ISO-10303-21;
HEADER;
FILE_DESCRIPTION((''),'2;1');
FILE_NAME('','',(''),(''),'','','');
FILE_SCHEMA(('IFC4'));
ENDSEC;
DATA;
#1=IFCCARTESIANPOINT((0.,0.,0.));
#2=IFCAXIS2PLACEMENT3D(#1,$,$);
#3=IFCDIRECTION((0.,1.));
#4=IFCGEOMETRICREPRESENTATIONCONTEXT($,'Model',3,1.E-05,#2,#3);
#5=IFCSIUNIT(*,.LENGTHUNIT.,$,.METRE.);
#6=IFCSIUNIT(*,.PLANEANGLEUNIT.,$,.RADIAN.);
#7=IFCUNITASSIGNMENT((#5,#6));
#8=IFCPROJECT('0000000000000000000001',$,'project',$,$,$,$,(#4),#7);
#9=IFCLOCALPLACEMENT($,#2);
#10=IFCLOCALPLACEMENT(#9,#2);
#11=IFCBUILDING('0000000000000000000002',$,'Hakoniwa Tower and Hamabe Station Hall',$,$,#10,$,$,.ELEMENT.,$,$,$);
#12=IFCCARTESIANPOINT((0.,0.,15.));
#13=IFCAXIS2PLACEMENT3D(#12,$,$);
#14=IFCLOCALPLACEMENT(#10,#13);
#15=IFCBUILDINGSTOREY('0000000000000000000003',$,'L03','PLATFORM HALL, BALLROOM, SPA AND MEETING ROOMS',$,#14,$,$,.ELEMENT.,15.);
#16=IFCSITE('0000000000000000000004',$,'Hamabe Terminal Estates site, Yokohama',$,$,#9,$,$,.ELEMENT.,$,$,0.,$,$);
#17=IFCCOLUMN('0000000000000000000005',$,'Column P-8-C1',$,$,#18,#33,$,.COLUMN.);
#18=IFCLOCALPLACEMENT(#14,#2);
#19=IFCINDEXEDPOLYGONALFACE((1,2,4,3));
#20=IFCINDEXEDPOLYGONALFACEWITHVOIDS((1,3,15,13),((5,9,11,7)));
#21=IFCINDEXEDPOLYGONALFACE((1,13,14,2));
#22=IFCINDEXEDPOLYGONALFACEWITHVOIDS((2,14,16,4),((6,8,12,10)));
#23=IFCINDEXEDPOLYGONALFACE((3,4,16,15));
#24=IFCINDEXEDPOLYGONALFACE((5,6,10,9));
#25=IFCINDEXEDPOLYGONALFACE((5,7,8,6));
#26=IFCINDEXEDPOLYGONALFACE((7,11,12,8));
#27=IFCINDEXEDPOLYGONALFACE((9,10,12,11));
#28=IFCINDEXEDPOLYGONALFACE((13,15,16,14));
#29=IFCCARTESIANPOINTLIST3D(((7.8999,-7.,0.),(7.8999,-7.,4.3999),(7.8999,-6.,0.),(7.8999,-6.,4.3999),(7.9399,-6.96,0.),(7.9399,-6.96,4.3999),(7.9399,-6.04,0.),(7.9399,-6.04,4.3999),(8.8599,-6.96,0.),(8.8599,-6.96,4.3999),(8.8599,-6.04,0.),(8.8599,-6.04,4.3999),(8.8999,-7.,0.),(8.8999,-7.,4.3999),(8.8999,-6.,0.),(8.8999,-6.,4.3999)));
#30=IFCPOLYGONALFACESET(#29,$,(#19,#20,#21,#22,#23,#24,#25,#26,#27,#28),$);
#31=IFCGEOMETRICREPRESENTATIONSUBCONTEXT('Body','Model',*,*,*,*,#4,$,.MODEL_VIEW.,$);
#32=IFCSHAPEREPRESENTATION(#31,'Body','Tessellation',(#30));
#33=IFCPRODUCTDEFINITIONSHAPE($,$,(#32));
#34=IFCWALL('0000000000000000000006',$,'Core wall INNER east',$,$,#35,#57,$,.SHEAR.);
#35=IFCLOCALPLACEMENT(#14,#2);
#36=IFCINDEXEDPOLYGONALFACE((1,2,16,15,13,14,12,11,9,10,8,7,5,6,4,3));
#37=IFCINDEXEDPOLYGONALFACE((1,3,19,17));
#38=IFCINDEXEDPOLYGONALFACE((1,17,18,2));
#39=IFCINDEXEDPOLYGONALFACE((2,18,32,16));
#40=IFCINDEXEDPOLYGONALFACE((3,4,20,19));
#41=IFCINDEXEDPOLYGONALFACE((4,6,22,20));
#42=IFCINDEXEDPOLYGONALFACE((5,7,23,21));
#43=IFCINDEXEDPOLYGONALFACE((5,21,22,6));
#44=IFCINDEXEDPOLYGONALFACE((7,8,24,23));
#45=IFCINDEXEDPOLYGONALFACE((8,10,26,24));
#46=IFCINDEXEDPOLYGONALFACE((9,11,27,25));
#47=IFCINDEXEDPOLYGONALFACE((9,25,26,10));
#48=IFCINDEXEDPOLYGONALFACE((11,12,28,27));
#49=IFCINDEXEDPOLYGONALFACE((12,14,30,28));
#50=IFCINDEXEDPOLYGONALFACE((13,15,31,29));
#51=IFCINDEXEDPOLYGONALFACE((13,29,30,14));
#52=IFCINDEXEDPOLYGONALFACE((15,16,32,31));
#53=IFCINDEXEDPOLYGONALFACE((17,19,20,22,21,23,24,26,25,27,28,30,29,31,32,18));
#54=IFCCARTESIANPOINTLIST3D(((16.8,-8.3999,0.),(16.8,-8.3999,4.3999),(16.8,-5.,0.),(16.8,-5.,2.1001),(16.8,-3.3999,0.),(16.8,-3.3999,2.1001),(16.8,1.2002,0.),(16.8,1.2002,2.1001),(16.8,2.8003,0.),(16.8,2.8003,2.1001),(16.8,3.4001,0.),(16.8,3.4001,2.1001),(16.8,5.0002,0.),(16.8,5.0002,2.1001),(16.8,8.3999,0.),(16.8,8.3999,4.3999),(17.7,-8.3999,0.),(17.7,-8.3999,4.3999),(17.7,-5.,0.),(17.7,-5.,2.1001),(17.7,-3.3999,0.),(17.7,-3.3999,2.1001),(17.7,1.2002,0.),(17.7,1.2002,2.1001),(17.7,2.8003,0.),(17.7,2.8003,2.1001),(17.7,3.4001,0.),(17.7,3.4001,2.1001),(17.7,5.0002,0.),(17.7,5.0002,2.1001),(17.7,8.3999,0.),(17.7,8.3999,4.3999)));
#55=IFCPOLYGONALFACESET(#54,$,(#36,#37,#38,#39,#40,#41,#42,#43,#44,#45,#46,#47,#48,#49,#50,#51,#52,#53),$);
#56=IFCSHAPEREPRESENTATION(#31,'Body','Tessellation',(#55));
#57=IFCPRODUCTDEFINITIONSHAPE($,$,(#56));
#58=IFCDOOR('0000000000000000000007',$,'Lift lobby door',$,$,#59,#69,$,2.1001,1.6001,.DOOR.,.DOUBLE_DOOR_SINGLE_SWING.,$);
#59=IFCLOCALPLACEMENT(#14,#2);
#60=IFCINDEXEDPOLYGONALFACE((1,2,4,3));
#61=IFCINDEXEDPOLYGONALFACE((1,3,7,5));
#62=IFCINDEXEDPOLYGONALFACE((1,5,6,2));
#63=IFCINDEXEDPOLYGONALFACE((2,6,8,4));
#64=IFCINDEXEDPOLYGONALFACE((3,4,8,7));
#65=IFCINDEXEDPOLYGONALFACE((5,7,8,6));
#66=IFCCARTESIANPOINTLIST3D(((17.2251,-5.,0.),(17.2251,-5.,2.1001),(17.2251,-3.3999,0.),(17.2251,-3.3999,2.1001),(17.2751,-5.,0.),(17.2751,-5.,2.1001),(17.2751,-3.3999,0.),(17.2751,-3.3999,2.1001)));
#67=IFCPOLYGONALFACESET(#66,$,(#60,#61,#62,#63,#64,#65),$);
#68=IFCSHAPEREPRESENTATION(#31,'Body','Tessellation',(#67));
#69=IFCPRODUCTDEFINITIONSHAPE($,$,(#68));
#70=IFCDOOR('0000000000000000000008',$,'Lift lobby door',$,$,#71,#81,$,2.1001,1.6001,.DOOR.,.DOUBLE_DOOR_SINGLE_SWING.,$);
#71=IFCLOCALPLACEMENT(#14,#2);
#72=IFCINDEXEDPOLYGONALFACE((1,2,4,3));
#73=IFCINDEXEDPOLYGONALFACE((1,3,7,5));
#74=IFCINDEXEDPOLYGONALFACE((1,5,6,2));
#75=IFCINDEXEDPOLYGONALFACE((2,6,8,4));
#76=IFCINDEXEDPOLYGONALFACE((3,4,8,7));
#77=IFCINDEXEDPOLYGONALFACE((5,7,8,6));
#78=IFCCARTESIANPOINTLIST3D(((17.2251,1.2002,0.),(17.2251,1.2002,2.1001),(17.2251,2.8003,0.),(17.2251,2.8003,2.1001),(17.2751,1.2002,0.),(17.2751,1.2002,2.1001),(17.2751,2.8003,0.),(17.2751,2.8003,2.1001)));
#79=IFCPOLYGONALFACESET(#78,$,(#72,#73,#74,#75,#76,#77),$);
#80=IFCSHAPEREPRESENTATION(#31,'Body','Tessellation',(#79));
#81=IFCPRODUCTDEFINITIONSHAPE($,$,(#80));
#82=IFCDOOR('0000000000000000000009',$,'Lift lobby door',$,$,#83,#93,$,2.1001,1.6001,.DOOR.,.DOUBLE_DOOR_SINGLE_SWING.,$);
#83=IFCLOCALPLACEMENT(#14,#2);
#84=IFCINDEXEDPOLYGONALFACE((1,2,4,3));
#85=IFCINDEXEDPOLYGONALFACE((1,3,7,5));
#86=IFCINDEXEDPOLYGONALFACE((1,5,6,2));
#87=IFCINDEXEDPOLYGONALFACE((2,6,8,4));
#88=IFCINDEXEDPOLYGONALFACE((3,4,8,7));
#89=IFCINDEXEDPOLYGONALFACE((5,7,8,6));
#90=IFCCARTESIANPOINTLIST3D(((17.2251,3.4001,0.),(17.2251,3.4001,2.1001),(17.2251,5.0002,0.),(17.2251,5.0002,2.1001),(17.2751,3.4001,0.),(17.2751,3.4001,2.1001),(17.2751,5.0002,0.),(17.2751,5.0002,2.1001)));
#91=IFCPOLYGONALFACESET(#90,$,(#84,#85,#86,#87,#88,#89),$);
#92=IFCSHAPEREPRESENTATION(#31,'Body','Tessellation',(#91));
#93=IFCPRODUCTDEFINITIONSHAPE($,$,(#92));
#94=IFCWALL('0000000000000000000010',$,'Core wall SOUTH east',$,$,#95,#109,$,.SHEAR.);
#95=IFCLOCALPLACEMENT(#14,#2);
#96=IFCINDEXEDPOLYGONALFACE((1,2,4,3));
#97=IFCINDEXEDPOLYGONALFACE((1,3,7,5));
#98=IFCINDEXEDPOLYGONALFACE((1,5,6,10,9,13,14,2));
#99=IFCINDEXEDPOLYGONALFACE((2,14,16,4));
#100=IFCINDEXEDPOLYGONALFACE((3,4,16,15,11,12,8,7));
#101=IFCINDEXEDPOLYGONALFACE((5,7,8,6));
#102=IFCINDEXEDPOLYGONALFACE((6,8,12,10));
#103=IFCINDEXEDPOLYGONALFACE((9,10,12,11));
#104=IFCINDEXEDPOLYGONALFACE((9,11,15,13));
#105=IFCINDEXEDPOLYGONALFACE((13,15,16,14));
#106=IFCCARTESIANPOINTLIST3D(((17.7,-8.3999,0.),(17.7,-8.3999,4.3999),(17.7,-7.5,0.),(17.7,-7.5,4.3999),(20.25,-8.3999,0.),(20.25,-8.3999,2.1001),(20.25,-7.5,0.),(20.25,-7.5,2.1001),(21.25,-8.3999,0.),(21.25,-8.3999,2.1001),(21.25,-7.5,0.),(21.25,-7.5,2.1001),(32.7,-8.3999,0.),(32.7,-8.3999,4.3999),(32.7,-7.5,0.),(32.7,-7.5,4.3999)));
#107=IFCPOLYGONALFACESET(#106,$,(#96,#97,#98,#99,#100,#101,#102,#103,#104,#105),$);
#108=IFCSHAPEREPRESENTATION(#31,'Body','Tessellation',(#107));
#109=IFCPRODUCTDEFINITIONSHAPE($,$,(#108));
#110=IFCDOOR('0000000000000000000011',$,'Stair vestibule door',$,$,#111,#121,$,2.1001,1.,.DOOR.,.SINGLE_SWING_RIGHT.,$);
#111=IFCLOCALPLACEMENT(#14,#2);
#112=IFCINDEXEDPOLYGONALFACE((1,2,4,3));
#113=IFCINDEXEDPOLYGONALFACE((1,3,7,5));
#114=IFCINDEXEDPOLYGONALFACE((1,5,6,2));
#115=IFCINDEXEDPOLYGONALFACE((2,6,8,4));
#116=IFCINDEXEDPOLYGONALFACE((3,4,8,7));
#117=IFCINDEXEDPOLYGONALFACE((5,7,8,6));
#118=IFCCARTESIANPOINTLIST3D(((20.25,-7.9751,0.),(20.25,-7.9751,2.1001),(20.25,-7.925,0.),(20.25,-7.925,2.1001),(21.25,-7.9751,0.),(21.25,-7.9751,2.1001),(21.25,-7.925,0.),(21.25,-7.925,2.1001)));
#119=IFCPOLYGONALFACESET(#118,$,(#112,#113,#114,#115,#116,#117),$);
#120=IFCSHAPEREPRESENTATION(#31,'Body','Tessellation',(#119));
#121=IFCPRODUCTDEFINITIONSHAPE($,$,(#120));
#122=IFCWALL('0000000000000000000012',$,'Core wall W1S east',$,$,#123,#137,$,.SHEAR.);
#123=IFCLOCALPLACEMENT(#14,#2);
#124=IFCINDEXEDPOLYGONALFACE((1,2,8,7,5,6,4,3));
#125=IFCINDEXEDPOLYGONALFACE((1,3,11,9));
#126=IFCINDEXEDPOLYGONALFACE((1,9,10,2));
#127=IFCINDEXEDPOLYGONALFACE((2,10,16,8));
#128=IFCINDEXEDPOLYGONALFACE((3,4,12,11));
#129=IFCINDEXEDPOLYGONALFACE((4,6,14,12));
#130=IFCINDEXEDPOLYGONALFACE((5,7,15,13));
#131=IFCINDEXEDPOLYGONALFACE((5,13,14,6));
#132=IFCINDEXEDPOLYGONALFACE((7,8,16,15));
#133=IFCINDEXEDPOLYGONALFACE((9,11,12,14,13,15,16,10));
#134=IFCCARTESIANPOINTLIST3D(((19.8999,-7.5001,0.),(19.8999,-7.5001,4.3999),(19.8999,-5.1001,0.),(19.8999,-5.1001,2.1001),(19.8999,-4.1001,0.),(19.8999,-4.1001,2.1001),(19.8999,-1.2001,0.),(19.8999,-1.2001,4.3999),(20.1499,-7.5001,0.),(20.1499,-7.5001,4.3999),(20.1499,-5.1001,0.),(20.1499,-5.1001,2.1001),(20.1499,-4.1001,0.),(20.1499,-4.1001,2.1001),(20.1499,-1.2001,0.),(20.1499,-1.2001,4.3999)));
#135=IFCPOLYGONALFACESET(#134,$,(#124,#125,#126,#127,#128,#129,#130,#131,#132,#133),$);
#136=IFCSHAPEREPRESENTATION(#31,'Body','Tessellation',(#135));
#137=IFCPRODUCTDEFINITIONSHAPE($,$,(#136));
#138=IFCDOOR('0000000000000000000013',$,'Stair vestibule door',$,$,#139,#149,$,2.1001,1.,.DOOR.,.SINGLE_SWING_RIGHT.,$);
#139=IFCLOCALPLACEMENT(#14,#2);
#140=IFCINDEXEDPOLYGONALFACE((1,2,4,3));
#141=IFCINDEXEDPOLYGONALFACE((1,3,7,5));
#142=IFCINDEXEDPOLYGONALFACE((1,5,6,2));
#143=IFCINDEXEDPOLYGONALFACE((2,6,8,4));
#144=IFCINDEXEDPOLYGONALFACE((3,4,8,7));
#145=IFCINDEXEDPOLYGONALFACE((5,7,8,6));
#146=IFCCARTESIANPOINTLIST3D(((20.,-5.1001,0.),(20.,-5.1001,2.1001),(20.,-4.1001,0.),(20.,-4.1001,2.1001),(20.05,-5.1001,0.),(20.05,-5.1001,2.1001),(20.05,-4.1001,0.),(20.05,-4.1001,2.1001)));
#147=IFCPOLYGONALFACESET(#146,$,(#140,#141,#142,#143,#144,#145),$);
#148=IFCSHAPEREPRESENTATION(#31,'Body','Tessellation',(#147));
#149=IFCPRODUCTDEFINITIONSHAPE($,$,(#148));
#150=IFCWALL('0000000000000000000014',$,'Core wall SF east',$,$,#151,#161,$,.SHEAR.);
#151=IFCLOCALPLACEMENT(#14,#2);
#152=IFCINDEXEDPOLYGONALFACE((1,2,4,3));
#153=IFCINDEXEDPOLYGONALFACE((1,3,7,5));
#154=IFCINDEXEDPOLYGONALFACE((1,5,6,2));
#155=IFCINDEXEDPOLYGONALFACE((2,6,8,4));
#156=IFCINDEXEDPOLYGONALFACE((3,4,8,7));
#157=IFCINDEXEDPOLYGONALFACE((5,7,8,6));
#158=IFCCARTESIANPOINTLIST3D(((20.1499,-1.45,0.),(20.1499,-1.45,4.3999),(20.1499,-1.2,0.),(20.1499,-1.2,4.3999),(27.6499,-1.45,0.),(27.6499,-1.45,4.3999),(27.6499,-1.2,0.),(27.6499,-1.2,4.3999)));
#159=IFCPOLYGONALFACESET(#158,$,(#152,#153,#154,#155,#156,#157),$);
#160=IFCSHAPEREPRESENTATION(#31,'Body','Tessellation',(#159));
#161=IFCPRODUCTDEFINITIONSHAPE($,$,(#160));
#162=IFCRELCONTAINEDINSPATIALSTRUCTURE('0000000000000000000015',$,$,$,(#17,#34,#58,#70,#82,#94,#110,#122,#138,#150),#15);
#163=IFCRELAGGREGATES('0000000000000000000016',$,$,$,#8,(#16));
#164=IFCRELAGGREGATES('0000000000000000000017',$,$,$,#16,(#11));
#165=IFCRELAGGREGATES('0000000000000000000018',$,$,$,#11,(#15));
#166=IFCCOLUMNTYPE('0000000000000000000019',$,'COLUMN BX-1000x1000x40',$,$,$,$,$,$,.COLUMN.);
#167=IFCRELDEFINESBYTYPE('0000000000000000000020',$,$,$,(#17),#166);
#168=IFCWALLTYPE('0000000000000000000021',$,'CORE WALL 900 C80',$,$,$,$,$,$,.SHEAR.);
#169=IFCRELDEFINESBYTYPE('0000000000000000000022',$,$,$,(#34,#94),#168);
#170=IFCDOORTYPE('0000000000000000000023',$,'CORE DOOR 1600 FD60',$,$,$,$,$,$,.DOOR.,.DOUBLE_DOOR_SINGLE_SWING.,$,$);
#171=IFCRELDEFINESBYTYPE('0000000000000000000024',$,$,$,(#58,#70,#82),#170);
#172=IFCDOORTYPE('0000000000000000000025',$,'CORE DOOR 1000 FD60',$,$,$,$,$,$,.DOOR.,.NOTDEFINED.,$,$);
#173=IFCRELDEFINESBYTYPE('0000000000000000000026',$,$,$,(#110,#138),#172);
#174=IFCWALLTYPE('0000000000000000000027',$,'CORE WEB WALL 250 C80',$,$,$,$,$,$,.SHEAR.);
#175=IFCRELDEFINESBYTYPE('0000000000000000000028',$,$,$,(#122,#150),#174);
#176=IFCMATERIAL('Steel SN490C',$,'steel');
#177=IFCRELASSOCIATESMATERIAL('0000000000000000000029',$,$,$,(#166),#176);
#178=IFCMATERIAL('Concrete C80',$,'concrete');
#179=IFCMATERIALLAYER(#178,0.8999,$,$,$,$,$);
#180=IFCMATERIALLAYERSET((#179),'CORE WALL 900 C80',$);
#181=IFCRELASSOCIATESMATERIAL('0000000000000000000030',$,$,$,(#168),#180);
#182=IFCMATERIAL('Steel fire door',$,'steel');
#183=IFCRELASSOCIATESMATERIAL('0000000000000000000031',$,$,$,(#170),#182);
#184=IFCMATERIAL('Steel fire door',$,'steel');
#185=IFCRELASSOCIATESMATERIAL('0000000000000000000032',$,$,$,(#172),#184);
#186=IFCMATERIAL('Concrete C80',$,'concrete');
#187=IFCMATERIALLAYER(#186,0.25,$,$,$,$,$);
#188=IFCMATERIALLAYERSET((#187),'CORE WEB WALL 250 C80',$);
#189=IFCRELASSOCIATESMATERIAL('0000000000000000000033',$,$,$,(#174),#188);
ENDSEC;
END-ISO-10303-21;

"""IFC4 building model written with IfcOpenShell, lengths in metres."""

from ifc_helpers import new_model, si_unit, direction, frame, frame_2d, origin, origin_2d, place, context, subcontext, project, spatial, rectangle, hollow_rectangle, extrude, material, layer, layer_set, material_profile, profile_set, type_object, element, fill, save


model = new_model("IFC4")

# Units and contexts
model_context = context("Model", 3, precision=1e-05, world=origin(), true_north=direction((0.0, 1.0)))
body_context = subcontext(model_context, "Body", "Model", "MODEL_VIEW")
ifc_project = project(units=[si_unit("LENGTHUNIT", "METRE"), si_unit("PLANEANGLEUNIT", "RADIAN")], contexts=[model_context])

# Site, building, storey
site_placement = place(None, origin())
site = spatial("IfcSite", under=ifc_project, at=site_placement, Name="Hamabe Terminal Estates site, Yokohama", CompositionType="ELEMENT", RefElevation=0.0)
building_placement = place(site_placement, origin())
building = spatial("IfcBuilding", under=site, at=building_placement, Name="Hakoniwa Tower and Hamabe Station Hall", CompositionType="ELEMENT")
storey_placement = place(building_placement, frame((0.0, 0.0, 15.0)))
storey = spatial("IfcBuildingStorey", under=building, at=storey_placement, Name="L03", Description="PLATFORM HALL, BALLROOM, SPA AND MEETING ROOMS", CompositionType="ELEMENT", Elevation=15.0)

# Column
ifc_material_1 = material(Name="Steel SN490C", Category="steel")
ifc_material_profile = material_profile(ifc_material_1, hollow_rectangle(XDim=1.0, YDim=1.0, WallThickness=0.04, at=origin_2d()), Name="BX-1000x1000x40")
ifc_profile_set = profile_set([ifc_material_profile], Name="Steel SN490C")
column_type = type_object("IfcColumnType", Name="COLUMN BX-1000x1000x40", PredefinedType="COLUMN", material=ifc_profile_set)
column_placement = place(storey_placement, frame((8.3999, -6.5, 0.0), z_axis=(0.0, 0.0, 1.0), x_axis=(1.0, 0.0, 0.0)))
element("IfcColumn", 1, at=column_placement, inside=storey, type_object=column_type, Name="Column P-8-C1", PredefinedType="COLUMN", context=body_context, shape_type="SweptSolid", body=[
    extrude(hollow_rectangle(XDim=1.0, YDim=1.0, WallThickness=0.04, at=origin_2d()), origin(), (0.0, 0.0, 1.0), 4.3999),
])

# Wall, openings, doors
ifc_material_2 = material(Name="Concrete C80", Category="concrete")
ifc_layer_1 = layer(ifc_material_2, 0.8999)
ifc_layer_set_1 = layer_set([ifc_layer_1], Name="CORE WALL 900 C80")
wall_type_1 = type_object("IfcWallType", Name="CORE WALL 900 C80", PredefinedType="SHEAR", material=ifc_layer_set_1)
wall_1_placement = place(storey_placement, frame((17.25, -8.3999, 0.0), z_axis=(0.0, 0.0, 1.0), x_axis=(0.0, 1.0, 0.0)))
wall_1 = element("IfcWall", 2, at=wall_1_placement, inside=storey, type_object=wall_type_1, Name="Core wall INNER east", PredefinedType="SHEAR", context=body_context, shape_type="SweptSolid", body=[
    extrude(rectangle(XDim=16.7998, YDim=0.8999, at=frame_2d((8.3999, 0.0))), origin(), (0.0, 0.0, 1.0), 4.3999),
])
opening_1_placement = place(wall_1_placement, frame((3.3999, 0.0, 0.0)))
opening_1 = element("IfcOpeningElement", 3, at=opening_1_placement, cuts=wall_1, PredefinedType="OPENING", context=body_context, shape_type="SweptSolid", body=[
    extrude(rectangle(XDim=1.6001, YDim=2.1001, at=frame_2d((0.8, 1.05))), frame((0.0, 0.46, 0.0), z_axis=(0.0, -1.0, 0.0), x_axis=(1.0, 0.0, 0.0)), (0.0, 0.0, 1.0), 0.9199),
])
opening_2_placement = place(wall_1_placement, frame((9.6001, 0.0, 0.0)))
opening_2 = element("IfcOpeningElement", 4, at=opening_2_placement, cuts=wall_1, PredefinedType="OPENING", context=body_context, shape_type="SweptSolid", body=[
    extrude(rectangle(XDim=1.6001, YDim=2.1001, at=frame_2d((0.8, 1.05))), frame((0.0, 0.46, 0.0), z_axis=(0.0, -1.0, 0.0), x_axis=(1.0, 0.0, 0.0)), (0.0, 0.0, 1.0), 0.9199),
])
opening_3_placement = place(wall_1_placement, frame((11.8, 0.0, 0.0)))
opening_3 = element("IfcOpeningElement", 5, at=opening_3_placement, cuts=wall_1, PredefinedType="OPENING", context=body_context, shape_type="SweptSolid", body=[
    extrude(rectangle(XDim=1.6001, YDim=2.1001, at=frame_2d((0.8, 1.05))), frame((0.0, 0.46, 0.0), z_axis=(0.0, -1.0, 0.0), x_axis=(1.0, 0.0, 0.0)), (0.0, 0.0, 1.0), 0.9199),
])
ifc_material_3 = material(Name="Steel fire door", Category="steel")
door_type_1 = type_object("IfcDoorType", Name="CORE DOOR 1600 FD60", OperationType="DOUBLE_DOOR_SINGLE_SWING", PredefinedType="DOOR", material=ifc_material_3)
door_1_placement = place(opening_1_placement, origin())
door_1 = element("IfcDoor", 6, at=door_1_placement, inside=storey, type_object=door_type_1, Name="Lift lobby door", OperationType="DOUBLE_DOOR_SINGLE_SWING", OverallHeight=2.1001, OverallWidth=1.6001, PredefinedType="DOOR", context=body_context, shape_type="SweptSolid", body=[
    extrude(rectangle(XDim=1.6001, YDim=2.1001, at=frame_2d((0.8, 1.05))), frame((0.0, 0.0249, 0.0), z_axis=(0.0, -1.0, 0.0), x_axis=(1.0, 0.0, 0.0)), (0.0, 0.0, 1.0), 0.05),
])
fill(opening_1, door_1)
door_2_placement = place(opening_2_placement, origin())
door_2 = element("IfcDoor", 7, at=door_2_placement, inside=storey, type_object=door_type_1, Name="Lift lobby door", OperationType="DOUBLE_DOOR_SINGLE_SWING", OverallHeight=2.1001, OverallWidth=1.6001, PredefinedType="DOOR", context=body_context, shape_type="SweptSolid", body=[
    extrude(rectangle(XDim=1.6001, YDim=2.1001, at=frame_2d((0.8, 1.05))), frame((0.0, 0.0249, 0.0), z_axis=(0.0, -1.0, 0.0), x_axis=(1.0, 0.0, 0.0)), (0.0, 0.0, 1.0), 0.05),
])
fill(opening_2, door_2)
door_3_placement = place(opening_3_placement, origin())
door_3 = element("IfcDoor", 8, at=door_3_placement, inside=storey, type_object=door_type_1, Name="Lift lobby door", OperationType="DOUBLE_DOOR_SINGLE_SWING", OverallHeight=2.1001, OverallWidth=1.6001, PredefinedType="DOOR", context=body_context, shape_type="SweptSolid", body=[
    extrude(rectangle(XDim=1.6001, YDim=2.1001, at=frame_2d((0.8, 1.05))), frame((0.0, 0.0249, 0.0), z_axis=(0.0, -1.0, 0.0), x_axis=(1.0, 0.0, 0.0)), (0.0, 0.0, 1.0), 0.05),
])
fill(opening_3, door_3)

# Walls, openings, doors
wall_2_placement = place(storey_placement, frame((17.7, -7.95, 0.0), z_axis=(0.0, 0.0, 1.0), x_axis=(1.0, 0.0, 0.0)))
wall_2 = element("IfcWall", 9, at=wall_2_placement, inside=storey, type_object=wall_type_1, Name="Core wall SOUTH east", PredefinedType="SHEAR", context=body_context, shape_type="SweptSolid", body=[
    extrude(rectangle(XDim=15.0, YDim=0.8999, at=frame_2d((7.5, 0.0))), origin(), (0.0, 0.0, 1.0), 4.3999),
])
opening_4_placement = place(wall_2_placement, frame((2.55, 0.0, 0.0)))
opening_4 = element("IfcOpeningElement", 10, at=opening_4_placement, cuts=wall_2, PredefinedType="OPENING", context=body_context, shape_type="SweptSolid", body=[
    extrude(rectangle(XDim=1.0, YDim=2.1001, at=frame_2d((0.5, 1.05))), frame((0.0, 0.46, 0.0), z_axis=(0.0, -1.0, 0.0), x_axis=(1.0, 0.0, 0.0)), (0.0, 0.0, 1.0), 0.9199),
])
ifc_material_4 = material(Name="Steel fire door", Category="steel")
door_type_2 = type_object("IfcDoorType", Name="CORE DOOR 1000 FD60", OperationType="NOTDEFINED", PredefinedType="DOOR", material=ifc_material_4)
door_4_placement = place(opening_4_placement, origin())
door_4 = element("IfcDoor", 11, at=door_4_placement, inside=storey, type_object=door_type_2, Name="Stair vestibule door", OperationType="SINGLE_SWING_RIGHT", OverallHeight=2.1001, OverallWidth=1.0, PredefinedType="DOOR", context=body_context, shape_type="SweptSolid", body=[
    extrude(rectangle(XDim=1.0, YDim=2.1001, at=frame_2d((0.5, 1.05))), frame((0.0, 0.0249, 0.0), z_axis=(0.0, -1.0, 0.0), x_axis=(1.0, 0.0, 0.0)), (0.0, 0.0, 1.0), 0.05),
])
fill(opening_4, door_4)
ifc_material_5 = material(Name="Concrete C80", Category="concrete")
ifc_layer_2 = layer(ifc_material_5, 0.25)
ifc_layer_set_2 = layer_set([ifc_layer_2], Name="CORE WEB WALL 250 C80")
wall_type_2 = type_object("IfcWallType", Name="CORE WEB WALL 250 C80", PredefinedType="SHEAR", material=ifc_layer_set_2)
wall_3_placement = place(storey_placement, frame((20.0249, -7.5, 0.0), z_axis=(0.0, 0.0, 1.0), x_axis=(0.0, 1.0, 0.0)))
wall_3 = element("IfcWall", 12, at=wall_3_placement, inside=storey, type_object=wall_type_2, Name="Core wall W1S east", PredefinedType="SHEAR", context=body_context, shape_type="SweptSolid", body=[
    extrude(rectangle(XDim=6.3, YDim=0.25, at=frame_2d((3.1499, 0.0))), origin(), (0.0, 0.0, 1.0), 4.3999),
])
opening_5_placement = place(wall_3_placement, frame((2.3999, 0.0, 0.0)))
opening_5 = element("IfcOpeningElement", 13, at=opening_5_placement, cuts=wall_3, PredefinedType="OPENING", context=body_context, shape_type="SweptSolid", body=[
    extrude(rectangle(XDim=1.0, YDim=2.1001, at=frame_2d((0.5, 1.05))), frame((0.0, 0.135, 0.0), z_axis=(0.0, -1.0, 0.0), x_axis=(1.0, 0.0, 0.0)), (0.0, 0.0, 1.0), 0.27),
])
door_5_placement = place(opening_5_placement, origin())
door_5 = element("IfcDoor", 14, at=door_5_placement, inside=storey, type_object=door_type_2, Name="Stair vestibule door", OperationType="SINGLE_SWING_RIGHT", OverallHeight=2.1001, OverallWidth=1.0, PredefinedType="DOOR", context=body_context, shape_type="SweptSolid", body=[
    extrude(rectangle(XDim=1.0, YDim=2.1001, at=frame_2d((0.5, 1.05))), frame((0.0, 0.0249, 0.0), z_axis=(0.0, -1.0, 0.0), x_axis=(1.0, 0.0, 0.0)), (0.0, 0.0, 1.0), 0.05),
])
fill(opening_5, door_5)

# Wall
for number, where, z_axis, x_axis, name in (
    (15, (20.1499, -1.325, 0.0), (0.0, 0.0, 1.0), (1.0, 0.0, 0.0), "Core wall SF east"),
):
    element("IfcWall", number, at=place(storey_placement, frame(where, z_axis=z_axis, x_axis=x_axis)), inside=storey, type_object=wall_type_2, Name=name, PredefinedType="SHEAR", context=body_context, shape_type="SweptSolid", body=[
        extrude(rectangle(XDim=7.5, YDim=0.25, at=frame_2d((3.75, 0.0))), origin(), (0.0, 0.0, 1.0), 4.3999),
    ])

save(model, "model.ifc")
